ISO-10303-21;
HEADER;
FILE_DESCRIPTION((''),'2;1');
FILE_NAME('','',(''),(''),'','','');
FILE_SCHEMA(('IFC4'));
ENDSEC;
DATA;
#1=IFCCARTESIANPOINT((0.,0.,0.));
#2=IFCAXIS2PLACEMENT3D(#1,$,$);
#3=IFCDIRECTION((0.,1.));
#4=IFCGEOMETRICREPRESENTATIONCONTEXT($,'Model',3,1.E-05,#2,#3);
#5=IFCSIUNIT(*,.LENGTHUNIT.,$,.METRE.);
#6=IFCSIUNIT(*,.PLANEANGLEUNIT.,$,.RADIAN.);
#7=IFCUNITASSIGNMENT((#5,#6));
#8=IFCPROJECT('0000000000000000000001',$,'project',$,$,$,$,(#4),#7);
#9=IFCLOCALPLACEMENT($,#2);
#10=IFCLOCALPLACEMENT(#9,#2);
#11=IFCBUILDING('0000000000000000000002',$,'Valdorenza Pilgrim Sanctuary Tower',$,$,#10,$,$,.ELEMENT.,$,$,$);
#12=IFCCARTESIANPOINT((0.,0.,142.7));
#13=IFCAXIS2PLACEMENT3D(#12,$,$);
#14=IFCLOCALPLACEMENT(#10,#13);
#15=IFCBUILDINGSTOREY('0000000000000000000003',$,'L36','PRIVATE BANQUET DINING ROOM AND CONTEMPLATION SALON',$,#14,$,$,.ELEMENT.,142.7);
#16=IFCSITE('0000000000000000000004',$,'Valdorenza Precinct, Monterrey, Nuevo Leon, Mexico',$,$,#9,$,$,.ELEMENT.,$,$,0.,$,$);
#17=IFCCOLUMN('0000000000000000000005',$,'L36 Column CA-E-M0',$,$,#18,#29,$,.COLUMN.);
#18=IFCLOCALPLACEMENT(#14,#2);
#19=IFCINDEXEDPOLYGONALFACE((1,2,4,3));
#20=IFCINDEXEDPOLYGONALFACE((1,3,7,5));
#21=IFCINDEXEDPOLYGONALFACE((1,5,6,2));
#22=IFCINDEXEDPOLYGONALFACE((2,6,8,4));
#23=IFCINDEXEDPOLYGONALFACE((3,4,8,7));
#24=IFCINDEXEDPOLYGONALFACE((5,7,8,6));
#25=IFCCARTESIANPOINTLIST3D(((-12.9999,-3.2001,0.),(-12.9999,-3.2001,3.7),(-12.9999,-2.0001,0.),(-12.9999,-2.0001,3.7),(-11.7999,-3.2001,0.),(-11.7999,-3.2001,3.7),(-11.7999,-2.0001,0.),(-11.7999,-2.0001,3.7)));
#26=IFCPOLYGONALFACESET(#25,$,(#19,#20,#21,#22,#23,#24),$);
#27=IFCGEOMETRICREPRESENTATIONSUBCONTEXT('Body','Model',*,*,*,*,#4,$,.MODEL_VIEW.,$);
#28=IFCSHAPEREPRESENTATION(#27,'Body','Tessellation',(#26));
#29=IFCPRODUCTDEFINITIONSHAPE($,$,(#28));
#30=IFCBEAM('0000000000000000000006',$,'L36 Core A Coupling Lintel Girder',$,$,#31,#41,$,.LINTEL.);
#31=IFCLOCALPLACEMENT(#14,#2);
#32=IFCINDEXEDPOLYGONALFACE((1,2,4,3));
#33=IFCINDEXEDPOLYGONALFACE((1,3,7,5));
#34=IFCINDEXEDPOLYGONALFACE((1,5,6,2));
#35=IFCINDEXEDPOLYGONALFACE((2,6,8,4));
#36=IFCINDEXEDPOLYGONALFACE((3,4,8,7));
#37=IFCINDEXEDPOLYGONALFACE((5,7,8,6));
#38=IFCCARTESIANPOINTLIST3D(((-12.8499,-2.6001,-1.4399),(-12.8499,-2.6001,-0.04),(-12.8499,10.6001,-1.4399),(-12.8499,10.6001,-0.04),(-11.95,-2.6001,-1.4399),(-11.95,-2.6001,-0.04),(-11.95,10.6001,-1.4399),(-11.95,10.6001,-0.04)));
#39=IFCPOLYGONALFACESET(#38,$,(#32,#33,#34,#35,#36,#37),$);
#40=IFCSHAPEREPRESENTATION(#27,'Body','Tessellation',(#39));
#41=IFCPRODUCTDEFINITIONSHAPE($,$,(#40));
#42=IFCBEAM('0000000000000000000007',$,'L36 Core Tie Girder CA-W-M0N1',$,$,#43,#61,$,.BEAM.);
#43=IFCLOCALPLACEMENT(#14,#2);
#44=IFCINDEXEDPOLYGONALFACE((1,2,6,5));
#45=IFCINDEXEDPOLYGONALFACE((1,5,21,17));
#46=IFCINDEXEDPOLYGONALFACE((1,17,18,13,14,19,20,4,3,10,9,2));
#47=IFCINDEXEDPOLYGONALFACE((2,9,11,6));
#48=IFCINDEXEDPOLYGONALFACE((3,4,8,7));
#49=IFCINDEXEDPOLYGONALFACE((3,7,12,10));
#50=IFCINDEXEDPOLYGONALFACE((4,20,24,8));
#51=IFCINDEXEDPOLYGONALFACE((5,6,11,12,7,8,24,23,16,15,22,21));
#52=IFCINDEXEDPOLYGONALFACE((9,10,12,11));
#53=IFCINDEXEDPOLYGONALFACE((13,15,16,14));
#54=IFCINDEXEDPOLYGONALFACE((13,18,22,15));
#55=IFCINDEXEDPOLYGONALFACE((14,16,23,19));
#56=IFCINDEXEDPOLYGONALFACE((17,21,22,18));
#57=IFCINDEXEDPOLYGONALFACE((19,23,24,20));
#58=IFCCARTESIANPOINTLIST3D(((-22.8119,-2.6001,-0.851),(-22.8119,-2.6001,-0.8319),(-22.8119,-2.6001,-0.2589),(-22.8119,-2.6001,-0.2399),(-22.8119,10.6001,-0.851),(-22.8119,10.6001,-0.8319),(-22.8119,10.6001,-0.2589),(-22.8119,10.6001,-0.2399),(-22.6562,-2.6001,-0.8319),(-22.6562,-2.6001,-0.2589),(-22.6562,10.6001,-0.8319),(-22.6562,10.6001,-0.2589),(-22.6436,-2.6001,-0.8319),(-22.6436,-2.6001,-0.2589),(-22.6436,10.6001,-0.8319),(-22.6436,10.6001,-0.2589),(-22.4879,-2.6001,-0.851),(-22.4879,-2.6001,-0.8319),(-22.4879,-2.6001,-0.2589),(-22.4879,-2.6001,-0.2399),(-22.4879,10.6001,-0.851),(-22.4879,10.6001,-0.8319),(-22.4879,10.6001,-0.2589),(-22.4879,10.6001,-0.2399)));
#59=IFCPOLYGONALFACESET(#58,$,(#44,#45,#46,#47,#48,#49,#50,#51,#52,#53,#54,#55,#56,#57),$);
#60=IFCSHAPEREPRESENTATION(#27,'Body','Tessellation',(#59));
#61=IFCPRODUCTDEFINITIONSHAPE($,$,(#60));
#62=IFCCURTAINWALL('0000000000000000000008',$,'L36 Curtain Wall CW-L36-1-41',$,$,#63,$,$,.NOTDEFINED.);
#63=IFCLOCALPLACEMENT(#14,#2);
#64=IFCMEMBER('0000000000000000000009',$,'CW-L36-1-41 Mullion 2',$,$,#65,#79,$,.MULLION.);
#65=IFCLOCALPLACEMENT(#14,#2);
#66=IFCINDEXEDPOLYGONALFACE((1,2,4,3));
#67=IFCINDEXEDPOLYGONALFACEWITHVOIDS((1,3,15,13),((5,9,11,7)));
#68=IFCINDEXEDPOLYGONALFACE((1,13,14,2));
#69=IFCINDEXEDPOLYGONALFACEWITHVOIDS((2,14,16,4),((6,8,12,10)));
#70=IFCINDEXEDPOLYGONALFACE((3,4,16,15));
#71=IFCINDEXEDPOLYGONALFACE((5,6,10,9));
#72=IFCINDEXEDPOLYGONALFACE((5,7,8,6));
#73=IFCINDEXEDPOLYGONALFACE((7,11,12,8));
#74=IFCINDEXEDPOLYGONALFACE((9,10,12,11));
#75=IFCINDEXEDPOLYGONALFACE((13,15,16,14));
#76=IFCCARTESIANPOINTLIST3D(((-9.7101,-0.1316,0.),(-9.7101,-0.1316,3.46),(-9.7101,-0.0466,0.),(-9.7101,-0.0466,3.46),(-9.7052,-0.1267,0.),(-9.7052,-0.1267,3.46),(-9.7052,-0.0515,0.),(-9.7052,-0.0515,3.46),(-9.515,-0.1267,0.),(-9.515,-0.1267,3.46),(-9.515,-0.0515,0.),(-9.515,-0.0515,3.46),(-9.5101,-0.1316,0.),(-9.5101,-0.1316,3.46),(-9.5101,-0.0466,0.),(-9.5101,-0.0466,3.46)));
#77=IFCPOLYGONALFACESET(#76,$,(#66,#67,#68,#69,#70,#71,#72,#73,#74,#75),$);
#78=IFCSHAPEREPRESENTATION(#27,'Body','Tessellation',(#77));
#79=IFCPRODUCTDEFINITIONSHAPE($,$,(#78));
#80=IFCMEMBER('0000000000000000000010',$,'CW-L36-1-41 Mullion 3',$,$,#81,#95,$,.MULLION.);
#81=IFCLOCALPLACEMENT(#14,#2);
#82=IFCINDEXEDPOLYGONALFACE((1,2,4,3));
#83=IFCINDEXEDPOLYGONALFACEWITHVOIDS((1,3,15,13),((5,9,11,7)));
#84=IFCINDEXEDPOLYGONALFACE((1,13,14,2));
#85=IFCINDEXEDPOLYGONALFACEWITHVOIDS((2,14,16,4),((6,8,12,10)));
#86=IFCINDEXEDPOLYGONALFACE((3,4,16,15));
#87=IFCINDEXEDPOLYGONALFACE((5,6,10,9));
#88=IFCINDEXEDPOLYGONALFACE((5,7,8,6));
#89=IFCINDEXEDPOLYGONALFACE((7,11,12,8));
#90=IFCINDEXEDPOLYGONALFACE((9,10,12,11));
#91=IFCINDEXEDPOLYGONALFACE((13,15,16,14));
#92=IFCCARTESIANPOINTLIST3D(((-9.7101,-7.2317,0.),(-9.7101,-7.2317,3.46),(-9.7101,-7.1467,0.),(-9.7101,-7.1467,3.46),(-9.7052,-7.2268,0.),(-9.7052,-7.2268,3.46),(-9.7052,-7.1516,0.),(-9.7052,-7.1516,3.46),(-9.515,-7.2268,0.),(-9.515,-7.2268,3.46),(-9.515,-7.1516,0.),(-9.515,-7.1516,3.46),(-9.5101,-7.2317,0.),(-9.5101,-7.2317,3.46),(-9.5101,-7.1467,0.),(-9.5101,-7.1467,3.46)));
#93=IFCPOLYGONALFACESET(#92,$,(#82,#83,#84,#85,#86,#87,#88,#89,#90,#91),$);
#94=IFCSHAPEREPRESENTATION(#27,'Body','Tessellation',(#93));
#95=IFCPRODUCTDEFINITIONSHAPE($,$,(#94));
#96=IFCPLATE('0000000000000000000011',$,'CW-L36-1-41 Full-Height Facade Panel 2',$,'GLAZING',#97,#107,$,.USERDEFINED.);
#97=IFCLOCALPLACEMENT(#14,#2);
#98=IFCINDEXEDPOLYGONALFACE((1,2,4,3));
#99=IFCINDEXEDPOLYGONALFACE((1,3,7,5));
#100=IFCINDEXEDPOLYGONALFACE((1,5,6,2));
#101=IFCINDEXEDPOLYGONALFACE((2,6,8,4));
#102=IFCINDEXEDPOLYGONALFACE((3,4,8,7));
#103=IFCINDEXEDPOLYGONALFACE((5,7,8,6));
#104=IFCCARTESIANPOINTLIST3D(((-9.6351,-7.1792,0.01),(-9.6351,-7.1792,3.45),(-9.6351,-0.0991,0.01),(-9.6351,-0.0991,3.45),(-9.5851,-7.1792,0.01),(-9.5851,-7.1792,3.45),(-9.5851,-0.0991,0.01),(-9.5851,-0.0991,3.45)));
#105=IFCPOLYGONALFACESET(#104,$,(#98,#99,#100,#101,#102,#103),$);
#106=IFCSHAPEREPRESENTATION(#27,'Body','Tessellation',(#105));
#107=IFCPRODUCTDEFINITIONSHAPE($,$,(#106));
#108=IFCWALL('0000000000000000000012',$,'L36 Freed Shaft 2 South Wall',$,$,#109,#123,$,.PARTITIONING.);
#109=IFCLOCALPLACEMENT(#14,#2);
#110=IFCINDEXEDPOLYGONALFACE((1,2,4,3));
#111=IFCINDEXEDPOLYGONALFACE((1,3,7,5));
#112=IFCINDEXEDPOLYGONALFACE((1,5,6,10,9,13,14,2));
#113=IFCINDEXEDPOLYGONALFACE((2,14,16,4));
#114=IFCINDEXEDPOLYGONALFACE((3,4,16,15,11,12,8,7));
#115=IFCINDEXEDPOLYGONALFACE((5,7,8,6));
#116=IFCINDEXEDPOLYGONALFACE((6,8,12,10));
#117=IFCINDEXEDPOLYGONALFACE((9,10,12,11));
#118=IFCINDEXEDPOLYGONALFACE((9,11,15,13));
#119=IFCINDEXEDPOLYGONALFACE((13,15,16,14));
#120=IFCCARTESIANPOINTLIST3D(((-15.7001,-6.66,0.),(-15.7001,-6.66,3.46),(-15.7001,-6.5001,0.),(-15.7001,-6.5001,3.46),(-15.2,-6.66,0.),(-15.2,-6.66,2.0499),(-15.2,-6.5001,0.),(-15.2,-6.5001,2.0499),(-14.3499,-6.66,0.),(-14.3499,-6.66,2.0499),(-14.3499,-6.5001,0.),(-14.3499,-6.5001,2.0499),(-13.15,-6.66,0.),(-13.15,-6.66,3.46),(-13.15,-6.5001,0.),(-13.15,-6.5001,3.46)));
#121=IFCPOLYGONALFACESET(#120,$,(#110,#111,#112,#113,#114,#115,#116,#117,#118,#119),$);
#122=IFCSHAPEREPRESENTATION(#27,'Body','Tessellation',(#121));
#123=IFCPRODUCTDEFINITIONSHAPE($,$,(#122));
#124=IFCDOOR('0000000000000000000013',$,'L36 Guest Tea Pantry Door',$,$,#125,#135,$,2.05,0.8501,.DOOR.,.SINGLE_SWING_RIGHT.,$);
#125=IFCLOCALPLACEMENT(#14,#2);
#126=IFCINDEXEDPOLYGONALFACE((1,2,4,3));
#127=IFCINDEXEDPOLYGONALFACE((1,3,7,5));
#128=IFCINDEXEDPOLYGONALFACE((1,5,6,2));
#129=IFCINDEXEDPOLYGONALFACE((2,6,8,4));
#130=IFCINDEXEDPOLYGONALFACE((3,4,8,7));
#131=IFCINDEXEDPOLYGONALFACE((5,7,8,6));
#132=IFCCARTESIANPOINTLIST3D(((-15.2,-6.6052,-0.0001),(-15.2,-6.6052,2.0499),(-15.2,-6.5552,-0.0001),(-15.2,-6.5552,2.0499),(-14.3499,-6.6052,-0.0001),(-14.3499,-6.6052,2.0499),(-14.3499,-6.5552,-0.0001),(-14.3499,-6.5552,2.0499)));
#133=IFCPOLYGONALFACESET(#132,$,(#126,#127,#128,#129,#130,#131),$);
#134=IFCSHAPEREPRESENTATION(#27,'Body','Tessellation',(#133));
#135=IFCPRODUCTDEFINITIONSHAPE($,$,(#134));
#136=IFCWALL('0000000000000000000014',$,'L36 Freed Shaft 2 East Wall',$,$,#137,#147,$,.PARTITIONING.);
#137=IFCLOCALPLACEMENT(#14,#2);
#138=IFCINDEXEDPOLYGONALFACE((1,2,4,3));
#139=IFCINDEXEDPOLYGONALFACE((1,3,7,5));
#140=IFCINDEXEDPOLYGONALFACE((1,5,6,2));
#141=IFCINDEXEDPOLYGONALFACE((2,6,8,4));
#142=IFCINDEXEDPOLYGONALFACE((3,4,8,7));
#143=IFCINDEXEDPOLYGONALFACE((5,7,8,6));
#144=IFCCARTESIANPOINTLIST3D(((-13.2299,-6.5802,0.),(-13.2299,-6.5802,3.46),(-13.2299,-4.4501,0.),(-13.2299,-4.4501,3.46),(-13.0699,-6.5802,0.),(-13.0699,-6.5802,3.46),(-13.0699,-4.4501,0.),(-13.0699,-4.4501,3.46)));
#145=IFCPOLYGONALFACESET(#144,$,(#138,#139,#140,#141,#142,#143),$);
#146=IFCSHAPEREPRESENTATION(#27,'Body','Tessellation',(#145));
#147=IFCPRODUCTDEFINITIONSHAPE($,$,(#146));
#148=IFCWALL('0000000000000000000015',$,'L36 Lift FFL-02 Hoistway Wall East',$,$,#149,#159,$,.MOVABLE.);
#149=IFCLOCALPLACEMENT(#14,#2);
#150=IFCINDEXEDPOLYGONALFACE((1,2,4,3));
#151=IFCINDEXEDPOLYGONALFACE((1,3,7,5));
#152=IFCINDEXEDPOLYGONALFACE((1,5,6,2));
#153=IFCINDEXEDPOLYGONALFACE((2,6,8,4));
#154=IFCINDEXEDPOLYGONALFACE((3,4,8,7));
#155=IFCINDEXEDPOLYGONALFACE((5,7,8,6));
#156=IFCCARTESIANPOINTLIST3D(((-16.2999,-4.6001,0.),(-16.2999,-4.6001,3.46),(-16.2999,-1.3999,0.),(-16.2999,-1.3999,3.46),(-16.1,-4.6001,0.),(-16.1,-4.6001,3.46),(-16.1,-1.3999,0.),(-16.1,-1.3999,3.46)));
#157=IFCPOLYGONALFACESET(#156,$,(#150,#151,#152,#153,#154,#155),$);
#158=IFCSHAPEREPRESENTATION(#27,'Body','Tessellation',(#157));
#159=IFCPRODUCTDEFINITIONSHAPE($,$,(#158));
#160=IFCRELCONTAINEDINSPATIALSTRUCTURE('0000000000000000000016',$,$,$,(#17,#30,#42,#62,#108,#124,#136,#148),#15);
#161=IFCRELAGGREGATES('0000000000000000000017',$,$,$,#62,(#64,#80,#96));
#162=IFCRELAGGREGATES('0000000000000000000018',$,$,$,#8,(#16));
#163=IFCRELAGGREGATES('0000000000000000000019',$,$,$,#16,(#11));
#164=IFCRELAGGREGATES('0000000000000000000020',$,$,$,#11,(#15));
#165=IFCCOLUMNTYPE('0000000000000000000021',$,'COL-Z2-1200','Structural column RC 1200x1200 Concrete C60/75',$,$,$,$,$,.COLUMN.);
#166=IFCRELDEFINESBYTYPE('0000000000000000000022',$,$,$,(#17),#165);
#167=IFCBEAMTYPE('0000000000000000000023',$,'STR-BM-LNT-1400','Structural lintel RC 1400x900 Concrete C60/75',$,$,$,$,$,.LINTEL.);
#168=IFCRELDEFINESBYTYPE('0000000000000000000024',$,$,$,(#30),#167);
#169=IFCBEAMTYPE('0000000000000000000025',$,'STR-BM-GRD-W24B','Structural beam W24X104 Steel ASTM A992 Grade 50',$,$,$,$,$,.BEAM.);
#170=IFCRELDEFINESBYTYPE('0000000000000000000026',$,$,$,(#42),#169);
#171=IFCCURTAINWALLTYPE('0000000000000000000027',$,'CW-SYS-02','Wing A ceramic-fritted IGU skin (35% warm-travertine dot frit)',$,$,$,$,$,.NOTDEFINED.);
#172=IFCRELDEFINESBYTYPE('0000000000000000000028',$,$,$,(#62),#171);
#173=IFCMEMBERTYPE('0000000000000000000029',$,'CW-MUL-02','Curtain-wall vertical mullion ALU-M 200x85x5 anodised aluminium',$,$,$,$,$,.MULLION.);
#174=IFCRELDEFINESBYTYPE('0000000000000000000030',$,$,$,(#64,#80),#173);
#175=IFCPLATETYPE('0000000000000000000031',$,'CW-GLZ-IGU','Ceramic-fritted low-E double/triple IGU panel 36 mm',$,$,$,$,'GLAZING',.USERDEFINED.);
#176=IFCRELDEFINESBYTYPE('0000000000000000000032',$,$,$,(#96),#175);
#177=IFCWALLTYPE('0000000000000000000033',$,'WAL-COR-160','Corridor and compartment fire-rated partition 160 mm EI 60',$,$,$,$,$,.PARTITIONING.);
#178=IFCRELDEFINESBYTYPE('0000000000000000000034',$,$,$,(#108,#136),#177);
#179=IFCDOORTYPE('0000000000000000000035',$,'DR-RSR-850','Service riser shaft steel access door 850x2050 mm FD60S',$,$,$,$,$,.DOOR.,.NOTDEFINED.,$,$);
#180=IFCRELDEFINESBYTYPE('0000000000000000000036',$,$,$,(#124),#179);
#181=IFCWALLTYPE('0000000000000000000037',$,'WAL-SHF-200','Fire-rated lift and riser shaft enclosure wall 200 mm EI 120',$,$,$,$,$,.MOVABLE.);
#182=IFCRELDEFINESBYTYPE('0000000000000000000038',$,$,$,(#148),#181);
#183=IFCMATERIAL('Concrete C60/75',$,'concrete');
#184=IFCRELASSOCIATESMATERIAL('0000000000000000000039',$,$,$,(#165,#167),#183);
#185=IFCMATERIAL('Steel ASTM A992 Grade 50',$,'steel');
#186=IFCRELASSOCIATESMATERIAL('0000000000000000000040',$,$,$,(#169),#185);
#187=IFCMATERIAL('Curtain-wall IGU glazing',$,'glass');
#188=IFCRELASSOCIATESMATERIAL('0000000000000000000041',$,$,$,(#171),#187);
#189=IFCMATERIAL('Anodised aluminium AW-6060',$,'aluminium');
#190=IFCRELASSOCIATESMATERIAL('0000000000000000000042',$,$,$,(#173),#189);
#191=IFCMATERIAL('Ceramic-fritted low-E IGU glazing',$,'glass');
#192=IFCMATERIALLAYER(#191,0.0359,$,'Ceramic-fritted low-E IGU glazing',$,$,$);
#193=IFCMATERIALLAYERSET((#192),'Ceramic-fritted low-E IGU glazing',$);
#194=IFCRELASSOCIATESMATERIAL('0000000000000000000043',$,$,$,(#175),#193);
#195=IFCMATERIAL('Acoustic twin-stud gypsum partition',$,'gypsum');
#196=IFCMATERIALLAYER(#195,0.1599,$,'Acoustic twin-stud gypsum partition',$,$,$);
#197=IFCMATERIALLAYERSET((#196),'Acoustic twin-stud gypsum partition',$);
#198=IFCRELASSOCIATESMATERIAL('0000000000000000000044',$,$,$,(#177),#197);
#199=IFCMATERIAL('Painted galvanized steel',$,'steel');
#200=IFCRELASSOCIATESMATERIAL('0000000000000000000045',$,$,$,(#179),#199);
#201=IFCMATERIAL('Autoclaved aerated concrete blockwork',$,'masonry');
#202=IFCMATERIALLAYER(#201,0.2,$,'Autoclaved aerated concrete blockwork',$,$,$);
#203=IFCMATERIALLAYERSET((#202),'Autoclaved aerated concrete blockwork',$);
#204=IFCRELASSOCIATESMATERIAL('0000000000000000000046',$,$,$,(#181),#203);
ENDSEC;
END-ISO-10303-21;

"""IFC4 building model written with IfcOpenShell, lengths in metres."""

from ifc_helpers import new_model, si_unit, direction, frame, frame_2d, origin, origin_2d, place, context, subcontext, project, spatial, rectangle, hollow_rectangle, i_section, extrude, source, transform, mapped, material, layer, layer_set, material_profile, profile_set, type_object, element, fill, aggregate, save


model = new_model("IFC4")

# Units and contexts
model_context = context("Model", 3, precision=1e-05, world=origin(), true_north=direction((0.0, 1.0)))
body_context = subcontext(model_context, "Body", "Model", "MODEL_VIEW")
ifc_project = project(units=[si_unit("LENGTHUNIT", "METRE"), si_unit("PLANEANGLEUNIT", "RADIAN")], contexts=[model_context])

# Site, building, storey
site_placement = place(None, origin())
site = spatial("IfcSite", under=ifc_project, at=site_placement, Name="Valdorenza Precinct, Monterrey, Nuevo Leon, Mexico", CompositionType="ELEMENT", RefElevation=0.0)
building_placement = place(site_placement, origin())
building = spatial("IfcBuilding", under=site, at=building_placement, Name="Valdorenza Pilgrim Sanctuary Tower", CompositionType="ELEMENT")
storey_placement = place(building_placement, frame((0.0, 0.0, 142.7)))
storey = spatial("IfcBuildingStorey", under=building, at=storey_placement, Name="L36", Description="PRIVATE BANQUET DINING ROOM AND CONTEMPLATION SALON", CompositionType="ELEMENT", Elevation=142.7)

# Column
ifc_material_1 = material(Name="Concrete C60/75", Category="concrete")
ifc_material_profile_1 = material_profile(ifc_material_1, rectangle(XDim=1.2, YDim=1.2, at=origin_2d()), Name="RC 1200x1200")
ifc_profile_set_1 = profile_set([ifc_material_profile_1], Name="Concrete C60/75")
column_type = type_object("IfcColumnType", Name="COL-Z2-1200", Description="Structural column RC 1200x1200 Concrete C60/75", PredefinedType="COLUMN", material=ifc_profile_set_1)
shared_shape_1 = source(origin(), body_context, "Body", "SweptSolid", [
    extrude(rectangle(XDim=1.2, YDim=1.2, at=origin_2d()), origin(), (0.0, 0.0, 1.0), 3.7),
])
column_placement = place(storey_placement, frame((-12.3999, -2.6001, 0.0), z_axis=(0.0, 0.0, 1.0), x_axis=(1.0, 0.0, 0.0)))
element("IfcColumn", 1, at=column_placement, inside=storey, type_object=column_type, Name="L36 Column CA-E-M0", PredefinedType="COLUMN", context=body_context, shape_type="MappedRepresentation", body=[
    mapped(shared_shape_1, transform((0.0, 0.0, 0.0), x_axis=(1.0, 0.0, 0.0), y_axis=(0.0, 1.0, 0.0), z_axis=(0.0, 0.0, 1.0), scale=1.0)),
])

# Beams
ifc_material_profile_2 = material_profile(ifc_material_1, rectangle(XDim=0.8999, YDim=1.3999, at=origin_2d()), Name="RC 1400x900")
ifc_profile_set_2 = profile_set([ifc_material_profile_2], Name="Concrete C60/75")
beam_type_1 = type_object("IfcBeamType", Name="STR-BM-LNT-1400", Description="Structural lintel RC 1400x900 Concrete C60/75", PredefinedType="LINTEL", material=ifc_profile_set_2)
shared_shape_2 = source(origin(), body_context, "Body", "SweptSolid", [
    extrude(rectangle(XDim=0.8999, YDim=1.3999, at=origin_2d()), origin(), (0.0, 0.0, 1.0), 13.2002),
])
beam_1_placement = place(storey_placement, frame((-12.3999, -2.6001, -0.74), z_axis=(0.0, 1.0, 0.0), x_axis=(-1.0, 0.0, 0.0)))
element("IfcBeam", 2, at=beam_1_placement, inside=storey, type_object=beam_type_1, Name="L36 Core A Coupling Lintel Girder", PredefinedType="LINTEL", context=body_context, shape_type="MappedRepresentation", body=[
    mapped(shared_shape_2, transform((0.0, 0.0, 0.0), x_axis=(1.0, 0.0, 0.0), y_axis=(0.0, 1.0, 0.0), z_axis=(0.0, 0.0, 1.0), scale=1.0)),
])
ifc_material_2 = material(Name="Steel ASTM A992 Grade 50", Category="steel")
ifc_material_profile_3 = material_profile(ifc_material_2, i_section(OverallWidth=0.324, OverallDepth=0.6111, WebThickness=0.0127, FlangeThickness=0.019, at=origin_2d()), Name="W24X104")
ifc_profile_set_3 = profile_set([ifc_material_profile_3], Name="Steel ASTM A992 Grade 50")
beam_type_2 = type_object("IfcBeamType", Name="STR-BM-GRD-W24B", Description="Structural beam W24X104 Steel ASTM A992 Grade 50", PredefinedType="BEAM", material=ifc_profile_set_3)
shared_shape_3 = source(origin(), body_context, "Body", "SweptSolid", [
    extrude(i_section(OverallWidth=0.324, OverallDepth=0.6111, WebThickness=0.0127, FlangeThickness=0.019, at=origin_2d()), origin(), (0.0, 0.0, 1.0), 13.2002),
])
beam_2_placement = place(storey_placement, frame((-22.6499, -2.6001, -0.5454), z_axis=(0.0, 1.0, 0.0), x_axis=(-1.0, 0.0, 0.0)))
element("IfcBeam", 3, at=beam_2_placement, inside=storey, type_object=beam_type_2, Name="L36 Core Tie Girder CA-W-M0N1", PredefinedType="BEAM", context=body_context, shape_type="MappedRepresentation", body=[
    mapped(shared_shape_3, transform((0.0, 0.0, 0.0), x_axis=(1.0, 0.0, 0.0), y_axis=(0.0, 1.0, 0.0), z_axis=(0.0, 0.0, 1.0), scale=1.0)),
])

# Curtain wall, members, plate
ifc_material_3 = material(Name="Curtain-wall IGU glazing", Category="glass")
curtain_wall_type = type_object("IfcCurtainWallType", Name="CW-SYS-02", Description="Wing A ceramic-fritted IGU skin (35% warm-travertine dot frit)", PredefinedType="NOTDEFINED", material=ifc_material_3)
curtain_wall_placement = place(storey_placement, origin())
curtain_wall = element("IfcCurtainWall", 4, at=curtain_wall_placement, inside=storey, type_object=curtain_wall_type, Name="L36 Curtain Wall CW-L36-1-41", PredefinedType="NOTDEFINED")
ifc_material_4 = material(Name="Anodised aluminium AW-6060", Category="aluminium")
ifc_material_profile_4 = material_profile(ifc_material_4, hollow_rectangle(XDim=0.085, YDim=0.2, WallThickness=0.0049, at=origin_2d()), Name="ALU-M 200x85x5")
ifc_profile_set_4 = profile_set([ifc_material_profile_4], Name="Anodised aluminium AW-6060")
member_type = type_object("IfcMemberType", Name="CW-MUL-02", Description="Curtain-wall vertical mullion ALU-M 200x85x5 anodised aluminium", PredefinedType="MULLION", material=ifc_profile_set_4)
shared_shape_4 = source(origin(), body_context, "Body", "SweptSolid", [
    extrude(hollow_rectangle(XDim=0.085, YDim=0.2, WallThickness=0.0049, at=origin_2d()), origin(), (0.0, 0.0, 1.0), 3.46),
])
member_1_placement = place(storey_placement, frame((-9.6101, -0.0891, 0.0), z_axis=(0.0, 0.0, 1.0), x_axis=(0.0, -1.0, 0.0)))
member_1 = element("IfcMember", 5, at=member_1_placement, type_object=member_type, Name="CW-L36-1-41 Mullion 2", PredefinedType="MULLION", context=body_context, shape_type="MappedRepresentation", body=[
    mapped(shared_shape_4, transform((0.0, 0.0, 0.0), x_axis=(1.0, 0.0, 0.0), y_axis=(0.0, 1.0, 0.0), z_axis=(0.0, 0.0, 1.0), scale=1.0)),
])
member_2_placement = place(storey_placement, frame((-9.6101, -7.1892, 0.0), z_axis=(0.0, 0.0, 1.0), x_axis=(0.0, -1.0, 0.0)))
member_2 = element("IfcMember", 6, at=member_2_placement, type_object=member_type, Name="CW-L36-1-41 Mullion 3", PredefinedType="MULLION", context=body_context, shape_type="MappedRepresentation", body=[
    mapped(shared_shape_4, transform((0.0, 0.0, 0.0), x_axis=(1.0, 0.0, 0.0), y_axis=(0.0, 1.0, 0.0), z_axis=(0.0, 0.0, 1.0), scale=1.0)),
])
ifc_material_5 = material(Name="Ceramic-fritted low-E IGU glazing", Category="glass")
ifc_layer_1 = layer(ifc_material_5, 0.0359, Name="Ceramic-fritted low-E IGU glazing")
ifc_layer_set_1 = layer_set([ifc_layer_1], Name="Ceramic-fritted low-E IGU glazing")
plate_type = type_object("IfcPlateType", Name="CW-GLZ-IGU", Description="Ceramic-fritted low-E double/triple IGU panel 36 mm", ElementType="GLAZING", PredefinedType="USERDEFINED", material=ifc_layer_set_1)
shared_shape_5 = source(origin(), body_context, "Body", "SweptSolid", [
    extrude(rectangle(XDim=7.0801, YDim=0.05, at=origin_2d()), origin(), (0.0, 0.0, 1.0), 3.4399),
])
plate_placement = place(storey_placement, frame((-9.6101, -3.6392, 0.01), z_axis=(0.0, 0.0, 1.0), x_axis=(0.0, -1.0, 0.0)))
plate = element("IfcPlate", 7, at=plate_placement, type_object=plate_type, Name="CW-L36-1-41 Full-Height Facade Panel 2", ObjectType="GLAZING", PredefinedType="USERDEFINED", context=body_context, shape_type="MappedRepresentation", body=[
    mapped(shared_shape_5, transform((0.0, 0.0, 0.0), x_axis=(1.0, 0.0, 0.0), y_axis=(0.0, 1.0, 0.0), z_axis=(0.0, 0.0, 1.0), scale=1.0)),
])
aggregate(curtain_wall, [member_1, member_2, plate])

# Wall, opening, door
ifc_material_6 = material(Name="Acoustic twin-stud gypsum partition", Category="gypsum")
ifc_layer_2 = layer(ifc_material_6, 0.1599, Name="Acoustic twin-stud gypsum partition")
ifc_layer_set_2 = layer_set([ifc_layer_2], Name="Acoustic twin-stud gypsum partition")
wall_type_1 = type_object("IfcWallType", Name="WAL-COR-160", Description="Corridor and compartment fire-rated partition 160 mm EI 60", PredefinedType="PARTITIONING", material=ifc_layer_set_2)
wall_1_placement = place(storey_placement, frame((-15.7, -6.5801, 0.0), z_axis=(0.0, 0.0, 1.0), x_axis=(1.0, 0.0, 0.0)))
wall_1 = element("IfcWall", 8, at=wall_1_placement, inside=storey, type_object=wall_type_1, Name="L36 Freed Shaft 2 South Wall", PredefinedType="PARTITIONING", context=body_context, shape_type="SweptSolid", body=[
    extrude(rectangle(XDim=2.55, YDim=0.1599, at=frame_2d((1.2749, 0.0))), origin(), (0.0, 0.0, 1.0), 3.46),
])
opening_1_placement = place(wall_1_placement, frame((0.5, 0.0, 0.0)))
opening_1 = element("IfcOpeningElement", 9, at=opening_1_placement, cuts=wall_1, PredefinedType="OPENING", context=body_context, shape_type="SweptSolid", body=[
    extrude(rectangle(XDim=0.8501, YDim=2.05, at=frame_2d((0.425, 1.0249))), frame((0.0, 0.0947, 0.0), z_axis=(0.0, -1.0, 0.0), x_axis=(1.0, 0.0, 0.0)), (0.0, 0.0, 1.0), 0.1897),
])
ifc_material_7 = material(Name="Painted galvanized steel", Category="steel")
door_type_1 = type_object("IfcDoorType", Name="DR-RSR-850", Description="Service riser shaft steel access door 850x2050 mm FD60S", OperationType="NOTDEFINED", PredefinedType="DOOR", material=ifc_material_7)
door_1_placement = place(opening_1_placement, origin())
door_1 = element("IfcDoor", 10, at=door_1_placement, inside=storey, type_object=door_type_1, Name="L36 Guest Tea Pantry Door", OperationType="SINGLE_SWING_RIGHT", OverallHeight=2.05, OverallWidth=0.8501, PredefinedType="DOOR", context=body_context, shape_type="SweptSolid", body=[
    extrude(rectangle(XDim=0.8501, YDim=2.05, at=frame_2d((0.425, 1.0249))), frame((0.0, 0.0249, 0.0), z_axis=(0.0, -1.0, 0.0), x_axis=(1.0, 0.0, 0.0)), (0.0, 0.0, 1.0), 0.05),
])
fill(opening_1, door_1)

# Wall
wall_2_placement = place(storey_placement, frame((-13.1499, -6.5801, 0.0), z_axis=(0.0, 0.0, 1.0), x_axis=(0.0, 1.0, 0.0)))
element("IfcWall", 11, at=wall_2_placement, inside=storey, type_object=wall_type_1, Name="L36 Freed Shaft 2 East Wall", PredefinedType="PARTITIONING", context=body_context, shape_type="SweptSolid", body=[
    extrude(rectangle(XDim=2.1301, YDim=0.1599, at=frame_2d((1.0649, 0.0))), origin(), (0.0, 0.0, 1.0), 3.46),
])

# Wall
ifc_material_8 = material(Name="Autoclaved aerated concrete blockwork", Category="masonry")
ifc_layer_3 = layer(ifc_material_8, 0.2, Name="Autoclaved aerated concrete blockwork")
ifc_layer_set_3 = layer_set([ifc_layer_3], Name="Autoclaved aerated concrete blockwork")
wall_type_2 = type_object("IfcWallType", Name="WAL-SHF-200", Description="Fire-rated lift and riser shaft enclosure wall 200 mm EI 120", PredefinedType="MOVABLE", material=ifc_layer_set_3)
wall_3_placement = place(storey_placement, frame((-16.2, -4.6001, 0.0), z_axis=(0.0, 0.0, 1.0), x_axis=(0.0, 1.0, 0.0)))
element("IfcWall", 12, at=wall_3_placement, inside=storey, type_object=wall_type_2, Name="L36 Lift FFL-02 Hoistway Wall East", PredefinedType="MOVABLE", context=body_context, shape_type="SweptSolid", body=[
    extrude(rectangle(XDim=3.2002, YDim=0.2, at=frame_2d((1.6001, 0.0))), origin(), (0.0, 0.0, 1.0), 3.46),
])

save(model, "model.ifc")
